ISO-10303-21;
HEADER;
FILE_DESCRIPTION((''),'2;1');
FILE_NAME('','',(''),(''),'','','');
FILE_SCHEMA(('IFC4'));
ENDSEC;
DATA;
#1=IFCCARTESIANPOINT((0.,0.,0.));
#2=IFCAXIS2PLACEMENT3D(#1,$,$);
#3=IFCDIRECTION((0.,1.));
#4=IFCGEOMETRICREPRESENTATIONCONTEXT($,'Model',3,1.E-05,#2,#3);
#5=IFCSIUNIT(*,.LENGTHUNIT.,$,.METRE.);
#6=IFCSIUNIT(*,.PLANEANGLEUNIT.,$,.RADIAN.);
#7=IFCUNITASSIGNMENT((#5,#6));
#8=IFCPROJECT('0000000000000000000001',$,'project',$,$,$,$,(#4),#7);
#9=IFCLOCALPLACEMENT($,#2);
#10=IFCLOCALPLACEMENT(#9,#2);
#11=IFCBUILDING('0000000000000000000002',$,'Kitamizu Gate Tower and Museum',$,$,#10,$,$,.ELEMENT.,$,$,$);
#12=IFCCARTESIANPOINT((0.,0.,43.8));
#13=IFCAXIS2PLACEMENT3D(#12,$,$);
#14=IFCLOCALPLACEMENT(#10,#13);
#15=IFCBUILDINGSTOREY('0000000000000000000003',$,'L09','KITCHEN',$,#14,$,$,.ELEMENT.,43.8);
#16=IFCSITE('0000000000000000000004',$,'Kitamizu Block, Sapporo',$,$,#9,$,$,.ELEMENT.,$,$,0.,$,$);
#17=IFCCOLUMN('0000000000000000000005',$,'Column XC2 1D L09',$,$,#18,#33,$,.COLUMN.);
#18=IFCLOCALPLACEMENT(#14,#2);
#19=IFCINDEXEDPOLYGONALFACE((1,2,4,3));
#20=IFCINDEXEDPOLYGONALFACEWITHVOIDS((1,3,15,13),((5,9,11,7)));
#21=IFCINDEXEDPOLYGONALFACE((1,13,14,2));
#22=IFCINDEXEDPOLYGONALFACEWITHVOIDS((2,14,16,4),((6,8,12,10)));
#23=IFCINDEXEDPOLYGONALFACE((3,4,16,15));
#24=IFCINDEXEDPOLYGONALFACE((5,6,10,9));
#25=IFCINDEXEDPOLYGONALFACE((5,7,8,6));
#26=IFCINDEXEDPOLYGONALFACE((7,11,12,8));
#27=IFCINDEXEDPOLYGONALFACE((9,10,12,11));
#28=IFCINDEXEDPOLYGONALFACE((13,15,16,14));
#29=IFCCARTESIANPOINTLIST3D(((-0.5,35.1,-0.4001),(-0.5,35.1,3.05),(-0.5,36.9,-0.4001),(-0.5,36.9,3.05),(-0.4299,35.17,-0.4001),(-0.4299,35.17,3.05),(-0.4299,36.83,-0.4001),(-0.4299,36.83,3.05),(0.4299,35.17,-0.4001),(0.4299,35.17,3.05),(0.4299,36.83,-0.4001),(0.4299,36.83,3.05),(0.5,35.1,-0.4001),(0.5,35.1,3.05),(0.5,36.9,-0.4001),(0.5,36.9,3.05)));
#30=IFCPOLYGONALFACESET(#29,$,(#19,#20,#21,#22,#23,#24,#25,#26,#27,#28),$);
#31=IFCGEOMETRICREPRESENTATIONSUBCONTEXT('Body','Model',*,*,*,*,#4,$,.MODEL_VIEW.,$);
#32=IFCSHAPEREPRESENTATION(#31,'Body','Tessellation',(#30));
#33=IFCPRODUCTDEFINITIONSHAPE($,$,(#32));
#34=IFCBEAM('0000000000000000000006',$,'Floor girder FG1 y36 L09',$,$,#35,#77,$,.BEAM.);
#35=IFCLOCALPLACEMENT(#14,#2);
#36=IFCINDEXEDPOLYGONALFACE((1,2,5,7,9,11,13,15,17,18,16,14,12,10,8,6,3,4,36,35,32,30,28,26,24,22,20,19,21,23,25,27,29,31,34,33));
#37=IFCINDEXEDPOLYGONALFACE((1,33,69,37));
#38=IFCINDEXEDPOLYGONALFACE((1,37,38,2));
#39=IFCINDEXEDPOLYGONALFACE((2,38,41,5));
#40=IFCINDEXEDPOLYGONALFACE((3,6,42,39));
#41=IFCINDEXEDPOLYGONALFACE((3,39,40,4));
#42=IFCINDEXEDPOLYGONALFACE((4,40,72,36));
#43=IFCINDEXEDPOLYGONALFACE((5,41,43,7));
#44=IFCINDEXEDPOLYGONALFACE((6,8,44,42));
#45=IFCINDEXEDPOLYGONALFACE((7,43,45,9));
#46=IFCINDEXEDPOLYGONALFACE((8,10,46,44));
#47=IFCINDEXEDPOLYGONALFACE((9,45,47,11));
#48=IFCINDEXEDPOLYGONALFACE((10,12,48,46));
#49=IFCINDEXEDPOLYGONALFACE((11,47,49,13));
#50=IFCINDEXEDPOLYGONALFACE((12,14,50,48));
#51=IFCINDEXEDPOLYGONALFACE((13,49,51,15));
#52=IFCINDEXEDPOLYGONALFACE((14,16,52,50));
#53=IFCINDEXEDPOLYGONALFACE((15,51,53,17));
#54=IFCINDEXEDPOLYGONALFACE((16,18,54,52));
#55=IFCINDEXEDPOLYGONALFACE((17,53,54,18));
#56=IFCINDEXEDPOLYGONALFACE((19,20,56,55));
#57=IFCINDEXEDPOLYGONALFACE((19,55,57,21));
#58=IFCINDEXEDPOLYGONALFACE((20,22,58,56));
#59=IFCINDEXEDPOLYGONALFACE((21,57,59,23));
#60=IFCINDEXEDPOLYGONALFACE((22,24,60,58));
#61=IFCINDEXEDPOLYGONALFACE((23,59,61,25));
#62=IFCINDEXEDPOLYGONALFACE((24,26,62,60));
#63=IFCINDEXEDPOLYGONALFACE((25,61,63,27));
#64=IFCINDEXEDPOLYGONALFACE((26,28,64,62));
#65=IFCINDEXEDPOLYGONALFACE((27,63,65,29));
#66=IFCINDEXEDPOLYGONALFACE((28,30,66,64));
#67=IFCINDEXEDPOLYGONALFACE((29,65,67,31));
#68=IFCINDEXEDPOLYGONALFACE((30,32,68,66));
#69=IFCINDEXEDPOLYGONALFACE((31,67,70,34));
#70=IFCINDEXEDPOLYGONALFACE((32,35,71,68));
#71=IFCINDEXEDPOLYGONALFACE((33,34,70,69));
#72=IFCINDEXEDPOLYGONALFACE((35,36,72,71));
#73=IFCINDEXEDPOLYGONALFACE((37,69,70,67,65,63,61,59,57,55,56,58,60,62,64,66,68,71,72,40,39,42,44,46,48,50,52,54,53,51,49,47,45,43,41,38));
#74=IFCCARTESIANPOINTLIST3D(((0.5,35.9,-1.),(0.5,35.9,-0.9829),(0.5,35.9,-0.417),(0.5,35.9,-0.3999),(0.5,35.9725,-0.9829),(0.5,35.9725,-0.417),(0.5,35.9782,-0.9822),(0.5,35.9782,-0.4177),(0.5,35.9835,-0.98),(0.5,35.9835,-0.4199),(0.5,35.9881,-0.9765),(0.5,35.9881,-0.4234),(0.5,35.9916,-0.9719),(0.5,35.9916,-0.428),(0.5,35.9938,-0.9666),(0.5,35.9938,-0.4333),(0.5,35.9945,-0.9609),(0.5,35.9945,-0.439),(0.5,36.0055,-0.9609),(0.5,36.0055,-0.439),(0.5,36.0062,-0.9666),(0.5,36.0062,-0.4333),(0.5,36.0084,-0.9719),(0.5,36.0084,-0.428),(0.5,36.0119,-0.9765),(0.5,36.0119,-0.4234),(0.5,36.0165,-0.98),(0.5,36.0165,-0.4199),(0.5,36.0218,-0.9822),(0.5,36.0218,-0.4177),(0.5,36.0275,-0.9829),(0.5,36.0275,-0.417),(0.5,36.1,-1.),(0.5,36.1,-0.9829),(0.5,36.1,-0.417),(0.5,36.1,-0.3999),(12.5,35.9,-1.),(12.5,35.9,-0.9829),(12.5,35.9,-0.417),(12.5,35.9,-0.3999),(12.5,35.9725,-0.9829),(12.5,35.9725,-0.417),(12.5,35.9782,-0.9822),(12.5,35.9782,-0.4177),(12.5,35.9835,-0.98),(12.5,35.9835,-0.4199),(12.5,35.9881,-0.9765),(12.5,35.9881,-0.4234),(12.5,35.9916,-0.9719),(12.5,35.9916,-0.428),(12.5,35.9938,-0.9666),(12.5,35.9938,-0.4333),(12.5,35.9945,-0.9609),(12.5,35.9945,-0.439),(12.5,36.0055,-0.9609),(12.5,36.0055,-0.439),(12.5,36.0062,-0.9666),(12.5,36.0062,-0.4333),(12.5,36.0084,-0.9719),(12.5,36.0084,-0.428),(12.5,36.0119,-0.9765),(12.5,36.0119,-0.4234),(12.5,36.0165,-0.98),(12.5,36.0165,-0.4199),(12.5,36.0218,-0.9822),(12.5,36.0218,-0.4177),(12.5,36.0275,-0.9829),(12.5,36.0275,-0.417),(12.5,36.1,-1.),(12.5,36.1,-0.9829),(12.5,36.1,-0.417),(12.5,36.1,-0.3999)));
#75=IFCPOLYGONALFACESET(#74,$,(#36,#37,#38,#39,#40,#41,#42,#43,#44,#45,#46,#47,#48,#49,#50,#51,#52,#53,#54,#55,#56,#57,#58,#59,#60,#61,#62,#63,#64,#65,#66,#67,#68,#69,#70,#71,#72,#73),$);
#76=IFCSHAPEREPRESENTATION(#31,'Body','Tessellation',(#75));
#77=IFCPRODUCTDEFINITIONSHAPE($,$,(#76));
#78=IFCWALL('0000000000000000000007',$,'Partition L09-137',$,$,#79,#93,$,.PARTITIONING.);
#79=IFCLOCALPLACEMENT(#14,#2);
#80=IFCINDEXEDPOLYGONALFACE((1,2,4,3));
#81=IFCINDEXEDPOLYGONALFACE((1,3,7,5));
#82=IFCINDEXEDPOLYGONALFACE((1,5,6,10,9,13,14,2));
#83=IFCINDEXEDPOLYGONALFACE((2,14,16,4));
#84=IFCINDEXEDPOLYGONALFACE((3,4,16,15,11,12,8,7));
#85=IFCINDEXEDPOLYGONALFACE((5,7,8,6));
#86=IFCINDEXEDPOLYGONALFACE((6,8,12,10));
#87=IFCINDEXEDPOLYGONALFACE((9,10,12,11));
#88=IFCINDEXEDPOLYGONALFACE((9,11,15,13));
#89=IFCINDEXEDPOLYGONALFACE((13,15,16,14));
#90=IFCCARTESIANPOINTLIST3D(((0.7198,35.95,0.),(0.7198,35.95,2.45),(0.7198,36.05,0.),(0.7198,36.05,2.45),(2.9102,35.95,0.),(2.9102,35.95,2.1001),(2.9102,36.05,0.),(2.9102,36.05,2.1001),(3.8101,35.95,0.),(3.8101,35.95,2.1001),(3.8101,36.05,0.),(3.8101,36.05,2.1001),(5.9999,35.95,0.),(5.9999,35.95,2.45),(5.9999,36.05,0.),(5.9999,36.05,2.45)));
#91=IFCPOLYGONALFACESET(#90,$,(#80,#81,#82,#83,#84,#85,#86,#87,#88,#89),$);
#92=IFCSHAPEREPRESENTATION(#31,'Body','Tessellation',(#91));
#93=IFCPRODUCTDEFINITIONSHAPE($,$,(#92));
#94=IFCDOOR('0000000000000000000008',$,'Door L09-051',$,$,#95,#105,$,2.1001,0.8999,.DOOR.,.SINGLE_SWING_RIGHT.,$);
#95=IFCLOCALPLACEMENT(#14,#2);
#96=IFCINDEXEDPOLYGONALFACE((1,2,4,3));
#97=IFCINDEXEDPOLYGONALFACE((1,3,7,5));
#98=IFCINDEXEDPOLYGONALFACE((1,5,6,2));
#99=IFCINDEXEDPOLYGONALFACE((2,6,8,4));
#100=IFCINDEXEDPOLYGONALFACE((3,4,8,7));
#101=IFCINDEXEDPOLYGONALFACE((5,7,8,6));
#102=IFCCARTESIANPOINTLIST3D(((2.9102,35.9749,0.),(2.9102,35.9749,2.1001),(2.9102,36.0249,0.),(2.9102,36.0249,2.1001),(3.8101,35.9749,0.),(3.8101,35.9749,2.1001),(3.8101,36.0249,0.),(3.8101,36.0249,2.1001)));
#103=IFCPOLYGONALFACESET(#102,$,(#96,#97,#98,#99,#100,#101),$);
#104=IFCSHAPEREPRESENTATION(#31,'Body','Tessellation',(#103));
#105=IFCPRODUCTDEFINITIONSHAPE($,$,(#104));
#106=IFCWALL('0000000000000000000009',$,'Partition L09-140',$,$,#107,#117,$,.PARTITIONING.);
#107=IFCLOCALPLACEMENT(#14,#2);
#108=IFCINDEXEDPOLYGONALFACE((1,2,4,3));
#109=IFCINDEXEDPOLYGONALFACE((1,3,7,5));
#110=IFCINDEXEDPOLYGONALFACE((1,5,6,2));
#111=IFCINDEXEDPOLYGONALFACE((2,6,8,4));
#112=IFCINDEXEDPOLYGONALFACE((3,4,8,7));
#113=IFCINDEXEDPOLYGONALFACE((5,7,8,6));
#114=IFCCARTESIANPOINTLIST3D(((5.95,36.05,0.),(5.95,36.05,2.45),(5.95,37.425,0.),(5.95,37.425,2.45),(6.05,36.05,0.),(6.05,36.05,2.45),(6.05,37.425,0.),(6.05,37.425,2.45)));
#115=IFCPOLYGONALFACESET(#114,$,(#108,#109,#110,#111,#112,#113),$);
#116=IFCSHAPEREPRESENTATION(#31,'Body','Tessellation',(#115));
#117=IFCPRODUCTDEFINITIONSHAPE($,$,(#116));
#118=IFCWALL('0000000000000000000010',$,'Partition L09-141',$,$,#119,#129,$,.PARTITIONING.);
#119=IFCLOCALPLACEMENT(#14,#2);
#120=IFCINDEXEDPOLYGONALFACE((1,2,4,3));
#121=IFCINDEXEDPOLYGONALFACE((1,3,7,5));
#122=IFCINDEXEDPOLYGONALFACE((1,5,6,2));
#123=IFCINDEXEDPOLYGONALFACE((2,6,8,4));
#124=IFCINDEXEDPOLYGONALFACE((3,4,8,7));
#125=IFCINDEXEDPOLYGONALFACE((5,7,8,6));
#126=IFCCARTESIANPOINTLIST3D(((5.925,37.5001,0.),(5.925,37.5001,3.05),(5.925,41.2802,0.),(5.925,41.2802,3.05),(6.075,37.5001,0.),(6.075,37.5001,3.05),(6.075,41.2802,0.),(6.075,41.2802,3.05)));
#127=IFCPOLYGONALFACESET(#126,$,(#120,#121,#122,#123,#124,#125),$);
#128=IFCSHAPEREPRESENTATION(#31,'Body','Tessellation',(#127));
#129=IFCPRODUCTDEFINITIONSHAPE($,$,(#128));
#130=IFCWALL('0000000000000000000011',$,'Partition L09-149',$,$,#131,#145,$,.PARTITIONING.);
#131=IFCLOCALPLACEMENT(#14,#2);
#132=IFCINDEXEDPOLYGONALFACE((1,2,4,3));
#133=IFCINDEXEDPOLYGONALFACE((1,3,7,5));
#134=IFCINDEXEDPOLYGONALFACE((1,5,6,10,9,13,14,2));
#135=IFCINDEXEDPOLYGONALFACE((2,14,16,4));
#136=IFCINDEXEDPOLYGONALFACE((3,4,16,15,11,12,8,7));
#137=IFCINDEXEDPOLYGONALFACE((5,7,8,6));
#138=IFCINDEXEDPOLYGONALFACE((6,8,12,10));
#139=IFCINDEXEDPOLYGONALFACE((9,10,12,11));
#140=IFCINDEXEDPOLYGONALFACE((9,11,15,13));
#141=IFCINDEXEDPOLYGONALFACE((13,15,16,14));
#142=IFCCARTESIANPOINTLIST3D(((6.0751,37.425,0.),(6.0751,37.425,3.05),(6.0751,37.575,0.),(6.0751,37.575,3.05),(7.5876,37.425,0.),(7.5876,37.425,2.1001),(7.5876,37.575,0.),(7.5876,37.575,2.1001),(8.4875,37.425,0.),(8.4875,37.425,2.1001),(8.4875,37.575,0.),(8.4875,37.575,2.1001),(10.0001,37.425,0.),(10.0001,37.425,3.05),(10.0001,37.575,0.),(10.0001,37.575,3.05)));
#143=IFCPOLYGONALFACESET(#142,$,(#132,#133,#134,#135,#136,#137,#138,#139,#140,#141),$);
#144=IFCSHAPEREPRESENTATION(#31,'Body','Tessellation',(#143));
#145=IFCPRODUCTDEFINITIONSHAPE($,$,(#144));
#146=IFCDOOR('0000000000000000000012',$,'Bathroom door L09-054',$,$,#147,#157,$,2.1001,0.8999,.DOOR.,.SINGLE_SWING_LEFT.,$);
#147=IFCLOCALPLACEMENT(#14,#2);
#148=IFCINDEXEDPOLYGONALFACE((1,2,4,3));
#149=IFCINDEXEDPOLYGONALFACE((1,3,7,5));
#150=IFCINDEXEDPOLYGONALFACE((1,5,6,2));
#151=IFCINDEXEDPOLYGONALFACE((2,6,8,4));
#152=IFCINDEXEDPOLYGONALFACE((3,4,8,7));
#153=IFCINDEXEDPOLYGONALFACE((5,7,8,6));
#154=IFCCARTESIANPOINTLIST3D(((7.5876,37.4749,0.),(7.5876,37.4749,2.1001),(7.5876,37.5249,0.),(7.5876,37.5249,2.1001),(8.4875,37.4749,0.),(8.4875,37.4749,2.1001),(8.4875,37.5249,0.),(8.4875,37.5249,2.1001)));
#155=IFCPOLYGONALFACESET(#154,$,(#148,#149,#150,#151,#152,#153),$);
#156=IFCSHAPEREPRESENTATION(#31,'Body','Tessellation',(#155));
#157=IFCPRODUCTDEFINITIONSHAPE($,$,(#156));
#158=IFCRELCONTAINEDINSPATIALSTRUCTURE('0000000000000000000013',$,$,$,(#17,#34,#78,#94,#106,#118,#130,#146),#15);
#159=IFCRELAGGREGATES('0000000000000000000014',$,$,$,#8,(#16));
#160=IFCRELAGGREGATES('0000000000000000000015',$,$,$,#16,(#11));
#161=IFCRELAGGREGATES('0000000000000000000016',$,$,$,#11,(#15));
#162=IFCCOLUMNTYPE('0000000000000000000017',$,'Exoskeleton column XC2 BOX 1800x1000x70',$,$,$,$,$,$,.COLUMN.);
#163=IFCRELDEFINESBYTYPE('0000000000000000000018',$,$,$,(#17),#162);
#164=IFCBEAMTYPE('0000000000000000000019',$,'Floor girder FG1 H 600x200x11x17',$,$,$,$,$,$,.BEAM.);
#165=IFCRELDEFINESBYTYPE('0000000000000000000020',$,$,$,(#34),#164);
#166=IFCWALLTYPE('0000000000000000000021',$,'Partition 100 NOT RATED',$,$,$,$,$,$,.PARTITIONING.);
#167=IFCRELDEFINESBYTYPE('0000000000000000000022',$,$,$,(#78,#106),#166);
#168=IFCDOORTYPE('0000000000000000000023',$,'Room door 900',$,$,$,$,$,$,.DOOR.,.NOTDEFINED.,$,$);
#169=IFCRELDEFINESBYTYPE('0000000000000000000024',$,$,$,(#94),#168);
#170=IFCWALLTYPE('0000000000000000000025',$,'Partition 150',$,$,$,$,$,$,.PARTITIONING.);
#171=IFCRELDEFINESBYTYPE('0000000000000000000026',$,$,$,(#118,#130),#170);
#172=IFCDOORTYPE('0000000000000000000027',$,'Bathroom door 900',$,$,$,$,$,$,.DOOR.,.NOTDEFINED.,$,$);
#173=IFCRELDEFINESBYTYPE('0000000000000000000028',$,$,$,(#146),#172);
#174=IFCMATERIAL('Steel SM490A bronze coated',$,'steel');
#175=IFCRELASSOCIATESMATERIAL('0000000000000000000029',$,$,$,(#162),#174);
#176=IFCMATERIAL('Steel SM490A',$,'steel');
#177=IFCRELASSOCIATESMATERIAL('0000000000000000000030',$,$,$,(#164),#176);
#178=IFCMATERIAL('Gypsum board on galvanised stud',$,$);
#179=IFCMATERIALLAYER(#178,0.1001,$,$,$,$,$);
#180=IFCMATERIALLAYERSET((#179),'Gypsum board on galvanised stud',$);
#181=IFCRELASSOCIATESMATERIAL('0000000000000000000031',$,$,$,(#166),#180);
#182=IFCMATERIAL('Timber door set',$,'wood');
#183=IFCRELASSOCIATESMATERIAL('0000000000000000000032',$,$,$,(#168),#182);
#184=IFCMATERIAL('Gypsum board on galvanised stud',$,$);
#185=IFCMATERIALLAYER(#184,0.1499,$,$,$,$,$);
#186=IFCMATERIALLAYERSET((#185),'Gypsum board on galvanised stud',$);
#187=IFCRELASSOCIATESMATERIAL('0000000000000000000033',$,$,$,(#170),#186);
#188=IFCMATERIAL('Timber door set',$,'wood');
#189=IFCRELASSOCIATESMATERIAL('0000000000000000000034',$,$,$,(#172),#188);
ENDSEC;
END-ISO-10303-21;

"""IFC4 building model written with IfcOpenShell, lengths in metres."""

from ifc_helpers import new_model, si_unit, direction, frame, frame_2d, origin, origin_2d, place, context, subcontext, project, spatial, rectangle, hollow_rectangle, i_section, extrude, material, layer, layer_set, material_profile, profile_set, type_object, element, fill, save


model = new_model("IFC4")

# Units and contexts
model_context = context("Model", 3, precision=1e-05, world=origin(), true_north=direction((0.0, 1.0)))
body_context = subcontext(model_context, "Body", "Model", "MODEL_VIEW")
ifc_project = project(units=[si_unit("LENGTHUNIT", "METRE"), si_unit("PLANEANGLEUNIT", "RADIAN")], contexts=[model_context])

# Site, building, storey
site_placement = place(None, origin())
site = spatial("IfcSite", under=ifc_project, at=site_placement, Name="Kitamizu Block, Sapporo", CompositionType="ELEMENT", RefElevation=0.0)
building_placement = place(site_placement, origin())
building = spatial("IfcBuilding", under=site, at=building_placement, Name="Kitamizu Gate Tower and Museum", CompositionType="ELEMENT")
storey_placement = place(building_placement, frame((0.0, 0.0, 43.8)))
storey = spatial("IfcBuildingStorey", under=building, at=storey_placement, Name="L09", Description="KITCHEN", CompositionType="ELEMENT", Elevation=43.8)

# Column
ifc_material_1 = material(Name="Steel SM490A bronze coated", Category="steel")
ifc_material_profile_1 = material_profile(ifc_material_1, hollow_rectangle(XDim=1.8, YDim=1.0, WallThickness=0.0701, at=origin_2d()), Name="BOX 1800x1000x70")
ifc_profile_set_1 = profile_set([ifc_material_profile_1], Name="Steel SM490A bronze coated")
column_type = type_object("IfcColumnType", Name="Exoskeleton column XC2 BOX 1800x1000x70", PredefinedType="COLUMN", material=ifc_profile_set_1)
column_placement = place(storey_placement, frame((0.0, 36.0, -0.4001), z_axis=(0.0, 0.0, 1.0), x_axis=(0.0, 1.0, 0.0)))
element("IfcColumn", 1, at=column_placement, inside=storey, type_object=column_type, Name="Column XC2 1D L09", PredefinedType="COLUMN", context=body_context, shape_type="SweptSolid", body=[
    extrude(hollow_rectangle(XDim=1.8, YDim=1.0, WallThickness=0.0701, at=origin_2d()), origin(), (0.0, 0.0, 1.0), 3.4502),
])

# Beam
ifc_material_2 = material(Name="Steel SM490A", Category="steel")
ifc_material_profile_2 = material_profile(ifc_material_2, i_section(OverallWidth=0.2, OverallDepth=0.6001, WebThickness=0.011, FlangeThickness=0.0171, FilletRadius=0.022, at=origin_2d()), Name="H-600x200x11x17")
ifc_profile_set_2 = profile_set([ifc_material_profile_2], Name="Steel SM490A")
beam_type = type_object("IfcBeamType", Name="Floor girder FG1 H 600x200x11x17", PredefinedType="BEAM", material=ifc_profile_set_2)
beam_placement = place(storey_placement, frame((0.5, 36.0, -0.7), z_axis=(1.0, 0.0, 0.0), x_axis=(0.0, 1.0, 0.0)))
element("IfcBeam", 2, at=beam_placement, inside=storey, type_object=beam_type, Name="Floor girder FG1 y36 L09", PredefinedType="BEAM", context=body_context, shape_type="SweptSolid", body=[
    extrude(i_section(OverallWidth=0.2, OverallDepth=0.6001, WebThickness=0.011, FlangeThickness=0.0171, FilletRadius=0.022, at=origin_2d()), origin(), (0.0, 0.0, 1.0), 12.0),
])

# Wall, opening, door
ifc_material_3 = material(Name="Gypsum board on galvanised stud")
ifc_layer_1 = layer(ifc_material_3, 0.1001)
ifc_layer_set_1 = layer_set([ifc_layer_1], Name="Gypsum board on galvanised stud")
wall_type_1 = type_object("IfcWallType", Name="Partition 100 NOT RATED", PredefinedType="PARTITIONING", material=ifc_layer_set_1)
wall_1_placement = place(storey_placement, frame((6.0, 36.0, 0.0), z_axis=(0.0, 0.0, 1.0), x_axis=(-1.0, 0.0, 0.0)))
wall_1 = element("IfcWall", 3, at=wall_1_placement, inside=storey, type_object=wall_type_1, Name="Partition L09-137", PredefinedType="PARTITIONING", context=body_context, shape_type="SweptSolid", body=[
    extrude(rectangle(XDim=5.28, YDim=0.1001, at=frame_2d((2.6401, 0.0))), origin(), (0.0, 0.0, 1.0), 2.45),
])
opening_1_placement = place(wall_1_placement, frame((2.1899, 0.0, 0.0)))
opening_1 = element("IfcOpeningElement", 4, at=opening_1_placement, cuts=wall_1, PredefinedType="OPENING", context=body_context, shape_type="SweptSolid", body=[
    extrude(rectangle(XDim=0.8999, YDim=2.1001, at=frame_2d((0.45, 1.05))), frame((0.0, 0.0601, 0.0), z_axis=(0.0, -1.0, 0.0), x_axis=(1.0, 0.0, 0.0)), (0.0, 0.0, 1.0), 0.1201),
])
ifc_material_4 = material(Name="Timber door set", Category="wood")
door_type_1 = type_object("IfcDoorType", Name="Room door 900", OperationType="NOTDEFINED", PredefinedType="DOOR", material=ifc_material_4)
door_1_placement = place(opening_1_placement, frame((0.8999, 0.0, 0.0), x_axis=(-1.0, 0.0, 0.0)))
door_1 = element("IfcDoor", 5, at=door_1_placement, inside=storey, type_object=door_type_1, Name="Door L09-051", OperationType="SINGLE_SWING_RIGHT", OverallHeight=2.1001, OverallWidth=0.8999, PredefinedType="DOOR", context=body_context, shape_type="SweptSolid", body=[
    extrude(rectangle(XDim=0.8999, YDim=2.1001, at=frame_2d((0.45, 1.05))), frame((0.0, 0.0249, 0.0), z_axis=(0.0, -1.0, 0.0), x_axis=(1.0, 0.0, 0.0)), (0.0, 0.0, 1.0), 0.05),
])
fill(opening_1, door_1)

# Walls
wall_2_placement = place(storey_placement, frame((6.0, 36.05, 0.0), z_axis=(0.0, 0.0, 1.0), x_axis=(0.0, 1.0, 0.0)))
element("IfcWall", 6, at=wall_2_placement, inside=storey, type_object=wall_type_1, Name="Partition L09-140", PredefinedType="PARTITIONING", context=body_context, shape_type="SweptSolid", body=[
    extrude(rectangle(XDim=1.375, YDim=0.1001, at=frame_2d((0.6875, 0.0))), origin(), (0.0, 0.0, 1.0), 2.45),
])
ifc_material_5 = material(Name="Gypsum board on galvanised stud")
ifc_layer_2 = layer(ifc_material_5, 0.1499)
ifc_layer_set_2 = layer_set([ifc_layer_2], Name="Gypsum board on galvanised stud")
wall_type_2 = type_object("IfcWallType", Name="Partition 150", PredefinedType="PARTITIONING", material=ifc_layer_set_2)
wall_3_placement = place(storey_placement, frame((6.0, 37.5, 0.0), z_axis=(0.0, 0.0, 1.0), x_axis=(0.0, 1.0, 0.0)))
element("IfcWall", 7, at=wall_3_placement, inside=storey, type_object=wall_type_2, Name="Partition L09-141", PredefinedType="PARTITIONING", context=body_context, shape_type="SweptSolid", body=[
    extrude(rectangle(XDim=3.78, YDim=0.1499, at=frame_2d((1.8901, 0.0))), origin(), (0.0, 0.0, 1.0), 3.05),
])

# Wall, opening, door
wall_4_placement = place(storey_placement, frame((10.0, 37.5, 0.0), z_axis=(0.0, 0.0, 1.0), x_axis=(-1.0, 0.0, 0.0)))
wall_4 = element("IfcWall", 8, at=wall_4_placement, inside=storey, type_object=wall_type_2, Name="Partition L09-149", PredefinedType="PARTITIONING", context=body_context, shape_type="SweptSolid", body=[
    extrude(rectangle(XDim=3.925, YDim=0.1499, at=frame_2d((1.9624, 0.0))), origin(), (0.0, 0.0, 1.0), 3.05),
])
opening_2_placement = place(wall_4_placement, frame((1.5125, 0.0, 0.0)))
opening_2 = element("IfcOpeningElement", 9, at=opening_2_placement, cuts=wall_4, PredefinedType="OPENING", context=body_context, shape_type="SweptSolid", body=[
    extrude(rectangle(XDim=0.8999, YDim=2.1001, at=frame_2d((0.45, 1.05))), frame((0.0, 0.085, 0.0), z_axis=(0.0, -1.0, 0.0), x_axis=(1.0, 0.0, 0.0)), (0.0, 0.0, 1.0), 0.1699),
])
ifc_material_6 = material(Name="Timber door set", Category="wood")
door_type_2 = type_object("IfcDoorType", Name="Bathroom door 900", OperationType="NOTDEFINED", PredefinedType="DOOR", material=ifc_material_6)
door_2_placement = place(opening_2_placement, frame((0.8999, 0.0, 0.0), x_axis=(-1.0, 0.0, 0.0)))
door_2 = element("IfcDoor", 10, at=door_2_placement, inside=storey, type_object=door_type_2, Name="Bathroom door L09-054", OperationType="SINGLE_SWING_LEFT", OverallHeight=2.1001, OverallWidth=0.8999, PredefinedType="DOOR", context=body_context, shape_type="SweptSolid", body=[
    extrude(rectangle(XDim=0.8999, YDim=2.1001, at=frame_2d((0.45, 1.05))), frame((0.0, 0.0249, 0.0), z_axis=(0.0, -1.0, 0.0), x_axis=(1.0, 0.0, 0.0)), (0.0, 0.0, 1.0), 0.05),
])
fill(opening_2, door_2)

save(model, "model.ifc")
